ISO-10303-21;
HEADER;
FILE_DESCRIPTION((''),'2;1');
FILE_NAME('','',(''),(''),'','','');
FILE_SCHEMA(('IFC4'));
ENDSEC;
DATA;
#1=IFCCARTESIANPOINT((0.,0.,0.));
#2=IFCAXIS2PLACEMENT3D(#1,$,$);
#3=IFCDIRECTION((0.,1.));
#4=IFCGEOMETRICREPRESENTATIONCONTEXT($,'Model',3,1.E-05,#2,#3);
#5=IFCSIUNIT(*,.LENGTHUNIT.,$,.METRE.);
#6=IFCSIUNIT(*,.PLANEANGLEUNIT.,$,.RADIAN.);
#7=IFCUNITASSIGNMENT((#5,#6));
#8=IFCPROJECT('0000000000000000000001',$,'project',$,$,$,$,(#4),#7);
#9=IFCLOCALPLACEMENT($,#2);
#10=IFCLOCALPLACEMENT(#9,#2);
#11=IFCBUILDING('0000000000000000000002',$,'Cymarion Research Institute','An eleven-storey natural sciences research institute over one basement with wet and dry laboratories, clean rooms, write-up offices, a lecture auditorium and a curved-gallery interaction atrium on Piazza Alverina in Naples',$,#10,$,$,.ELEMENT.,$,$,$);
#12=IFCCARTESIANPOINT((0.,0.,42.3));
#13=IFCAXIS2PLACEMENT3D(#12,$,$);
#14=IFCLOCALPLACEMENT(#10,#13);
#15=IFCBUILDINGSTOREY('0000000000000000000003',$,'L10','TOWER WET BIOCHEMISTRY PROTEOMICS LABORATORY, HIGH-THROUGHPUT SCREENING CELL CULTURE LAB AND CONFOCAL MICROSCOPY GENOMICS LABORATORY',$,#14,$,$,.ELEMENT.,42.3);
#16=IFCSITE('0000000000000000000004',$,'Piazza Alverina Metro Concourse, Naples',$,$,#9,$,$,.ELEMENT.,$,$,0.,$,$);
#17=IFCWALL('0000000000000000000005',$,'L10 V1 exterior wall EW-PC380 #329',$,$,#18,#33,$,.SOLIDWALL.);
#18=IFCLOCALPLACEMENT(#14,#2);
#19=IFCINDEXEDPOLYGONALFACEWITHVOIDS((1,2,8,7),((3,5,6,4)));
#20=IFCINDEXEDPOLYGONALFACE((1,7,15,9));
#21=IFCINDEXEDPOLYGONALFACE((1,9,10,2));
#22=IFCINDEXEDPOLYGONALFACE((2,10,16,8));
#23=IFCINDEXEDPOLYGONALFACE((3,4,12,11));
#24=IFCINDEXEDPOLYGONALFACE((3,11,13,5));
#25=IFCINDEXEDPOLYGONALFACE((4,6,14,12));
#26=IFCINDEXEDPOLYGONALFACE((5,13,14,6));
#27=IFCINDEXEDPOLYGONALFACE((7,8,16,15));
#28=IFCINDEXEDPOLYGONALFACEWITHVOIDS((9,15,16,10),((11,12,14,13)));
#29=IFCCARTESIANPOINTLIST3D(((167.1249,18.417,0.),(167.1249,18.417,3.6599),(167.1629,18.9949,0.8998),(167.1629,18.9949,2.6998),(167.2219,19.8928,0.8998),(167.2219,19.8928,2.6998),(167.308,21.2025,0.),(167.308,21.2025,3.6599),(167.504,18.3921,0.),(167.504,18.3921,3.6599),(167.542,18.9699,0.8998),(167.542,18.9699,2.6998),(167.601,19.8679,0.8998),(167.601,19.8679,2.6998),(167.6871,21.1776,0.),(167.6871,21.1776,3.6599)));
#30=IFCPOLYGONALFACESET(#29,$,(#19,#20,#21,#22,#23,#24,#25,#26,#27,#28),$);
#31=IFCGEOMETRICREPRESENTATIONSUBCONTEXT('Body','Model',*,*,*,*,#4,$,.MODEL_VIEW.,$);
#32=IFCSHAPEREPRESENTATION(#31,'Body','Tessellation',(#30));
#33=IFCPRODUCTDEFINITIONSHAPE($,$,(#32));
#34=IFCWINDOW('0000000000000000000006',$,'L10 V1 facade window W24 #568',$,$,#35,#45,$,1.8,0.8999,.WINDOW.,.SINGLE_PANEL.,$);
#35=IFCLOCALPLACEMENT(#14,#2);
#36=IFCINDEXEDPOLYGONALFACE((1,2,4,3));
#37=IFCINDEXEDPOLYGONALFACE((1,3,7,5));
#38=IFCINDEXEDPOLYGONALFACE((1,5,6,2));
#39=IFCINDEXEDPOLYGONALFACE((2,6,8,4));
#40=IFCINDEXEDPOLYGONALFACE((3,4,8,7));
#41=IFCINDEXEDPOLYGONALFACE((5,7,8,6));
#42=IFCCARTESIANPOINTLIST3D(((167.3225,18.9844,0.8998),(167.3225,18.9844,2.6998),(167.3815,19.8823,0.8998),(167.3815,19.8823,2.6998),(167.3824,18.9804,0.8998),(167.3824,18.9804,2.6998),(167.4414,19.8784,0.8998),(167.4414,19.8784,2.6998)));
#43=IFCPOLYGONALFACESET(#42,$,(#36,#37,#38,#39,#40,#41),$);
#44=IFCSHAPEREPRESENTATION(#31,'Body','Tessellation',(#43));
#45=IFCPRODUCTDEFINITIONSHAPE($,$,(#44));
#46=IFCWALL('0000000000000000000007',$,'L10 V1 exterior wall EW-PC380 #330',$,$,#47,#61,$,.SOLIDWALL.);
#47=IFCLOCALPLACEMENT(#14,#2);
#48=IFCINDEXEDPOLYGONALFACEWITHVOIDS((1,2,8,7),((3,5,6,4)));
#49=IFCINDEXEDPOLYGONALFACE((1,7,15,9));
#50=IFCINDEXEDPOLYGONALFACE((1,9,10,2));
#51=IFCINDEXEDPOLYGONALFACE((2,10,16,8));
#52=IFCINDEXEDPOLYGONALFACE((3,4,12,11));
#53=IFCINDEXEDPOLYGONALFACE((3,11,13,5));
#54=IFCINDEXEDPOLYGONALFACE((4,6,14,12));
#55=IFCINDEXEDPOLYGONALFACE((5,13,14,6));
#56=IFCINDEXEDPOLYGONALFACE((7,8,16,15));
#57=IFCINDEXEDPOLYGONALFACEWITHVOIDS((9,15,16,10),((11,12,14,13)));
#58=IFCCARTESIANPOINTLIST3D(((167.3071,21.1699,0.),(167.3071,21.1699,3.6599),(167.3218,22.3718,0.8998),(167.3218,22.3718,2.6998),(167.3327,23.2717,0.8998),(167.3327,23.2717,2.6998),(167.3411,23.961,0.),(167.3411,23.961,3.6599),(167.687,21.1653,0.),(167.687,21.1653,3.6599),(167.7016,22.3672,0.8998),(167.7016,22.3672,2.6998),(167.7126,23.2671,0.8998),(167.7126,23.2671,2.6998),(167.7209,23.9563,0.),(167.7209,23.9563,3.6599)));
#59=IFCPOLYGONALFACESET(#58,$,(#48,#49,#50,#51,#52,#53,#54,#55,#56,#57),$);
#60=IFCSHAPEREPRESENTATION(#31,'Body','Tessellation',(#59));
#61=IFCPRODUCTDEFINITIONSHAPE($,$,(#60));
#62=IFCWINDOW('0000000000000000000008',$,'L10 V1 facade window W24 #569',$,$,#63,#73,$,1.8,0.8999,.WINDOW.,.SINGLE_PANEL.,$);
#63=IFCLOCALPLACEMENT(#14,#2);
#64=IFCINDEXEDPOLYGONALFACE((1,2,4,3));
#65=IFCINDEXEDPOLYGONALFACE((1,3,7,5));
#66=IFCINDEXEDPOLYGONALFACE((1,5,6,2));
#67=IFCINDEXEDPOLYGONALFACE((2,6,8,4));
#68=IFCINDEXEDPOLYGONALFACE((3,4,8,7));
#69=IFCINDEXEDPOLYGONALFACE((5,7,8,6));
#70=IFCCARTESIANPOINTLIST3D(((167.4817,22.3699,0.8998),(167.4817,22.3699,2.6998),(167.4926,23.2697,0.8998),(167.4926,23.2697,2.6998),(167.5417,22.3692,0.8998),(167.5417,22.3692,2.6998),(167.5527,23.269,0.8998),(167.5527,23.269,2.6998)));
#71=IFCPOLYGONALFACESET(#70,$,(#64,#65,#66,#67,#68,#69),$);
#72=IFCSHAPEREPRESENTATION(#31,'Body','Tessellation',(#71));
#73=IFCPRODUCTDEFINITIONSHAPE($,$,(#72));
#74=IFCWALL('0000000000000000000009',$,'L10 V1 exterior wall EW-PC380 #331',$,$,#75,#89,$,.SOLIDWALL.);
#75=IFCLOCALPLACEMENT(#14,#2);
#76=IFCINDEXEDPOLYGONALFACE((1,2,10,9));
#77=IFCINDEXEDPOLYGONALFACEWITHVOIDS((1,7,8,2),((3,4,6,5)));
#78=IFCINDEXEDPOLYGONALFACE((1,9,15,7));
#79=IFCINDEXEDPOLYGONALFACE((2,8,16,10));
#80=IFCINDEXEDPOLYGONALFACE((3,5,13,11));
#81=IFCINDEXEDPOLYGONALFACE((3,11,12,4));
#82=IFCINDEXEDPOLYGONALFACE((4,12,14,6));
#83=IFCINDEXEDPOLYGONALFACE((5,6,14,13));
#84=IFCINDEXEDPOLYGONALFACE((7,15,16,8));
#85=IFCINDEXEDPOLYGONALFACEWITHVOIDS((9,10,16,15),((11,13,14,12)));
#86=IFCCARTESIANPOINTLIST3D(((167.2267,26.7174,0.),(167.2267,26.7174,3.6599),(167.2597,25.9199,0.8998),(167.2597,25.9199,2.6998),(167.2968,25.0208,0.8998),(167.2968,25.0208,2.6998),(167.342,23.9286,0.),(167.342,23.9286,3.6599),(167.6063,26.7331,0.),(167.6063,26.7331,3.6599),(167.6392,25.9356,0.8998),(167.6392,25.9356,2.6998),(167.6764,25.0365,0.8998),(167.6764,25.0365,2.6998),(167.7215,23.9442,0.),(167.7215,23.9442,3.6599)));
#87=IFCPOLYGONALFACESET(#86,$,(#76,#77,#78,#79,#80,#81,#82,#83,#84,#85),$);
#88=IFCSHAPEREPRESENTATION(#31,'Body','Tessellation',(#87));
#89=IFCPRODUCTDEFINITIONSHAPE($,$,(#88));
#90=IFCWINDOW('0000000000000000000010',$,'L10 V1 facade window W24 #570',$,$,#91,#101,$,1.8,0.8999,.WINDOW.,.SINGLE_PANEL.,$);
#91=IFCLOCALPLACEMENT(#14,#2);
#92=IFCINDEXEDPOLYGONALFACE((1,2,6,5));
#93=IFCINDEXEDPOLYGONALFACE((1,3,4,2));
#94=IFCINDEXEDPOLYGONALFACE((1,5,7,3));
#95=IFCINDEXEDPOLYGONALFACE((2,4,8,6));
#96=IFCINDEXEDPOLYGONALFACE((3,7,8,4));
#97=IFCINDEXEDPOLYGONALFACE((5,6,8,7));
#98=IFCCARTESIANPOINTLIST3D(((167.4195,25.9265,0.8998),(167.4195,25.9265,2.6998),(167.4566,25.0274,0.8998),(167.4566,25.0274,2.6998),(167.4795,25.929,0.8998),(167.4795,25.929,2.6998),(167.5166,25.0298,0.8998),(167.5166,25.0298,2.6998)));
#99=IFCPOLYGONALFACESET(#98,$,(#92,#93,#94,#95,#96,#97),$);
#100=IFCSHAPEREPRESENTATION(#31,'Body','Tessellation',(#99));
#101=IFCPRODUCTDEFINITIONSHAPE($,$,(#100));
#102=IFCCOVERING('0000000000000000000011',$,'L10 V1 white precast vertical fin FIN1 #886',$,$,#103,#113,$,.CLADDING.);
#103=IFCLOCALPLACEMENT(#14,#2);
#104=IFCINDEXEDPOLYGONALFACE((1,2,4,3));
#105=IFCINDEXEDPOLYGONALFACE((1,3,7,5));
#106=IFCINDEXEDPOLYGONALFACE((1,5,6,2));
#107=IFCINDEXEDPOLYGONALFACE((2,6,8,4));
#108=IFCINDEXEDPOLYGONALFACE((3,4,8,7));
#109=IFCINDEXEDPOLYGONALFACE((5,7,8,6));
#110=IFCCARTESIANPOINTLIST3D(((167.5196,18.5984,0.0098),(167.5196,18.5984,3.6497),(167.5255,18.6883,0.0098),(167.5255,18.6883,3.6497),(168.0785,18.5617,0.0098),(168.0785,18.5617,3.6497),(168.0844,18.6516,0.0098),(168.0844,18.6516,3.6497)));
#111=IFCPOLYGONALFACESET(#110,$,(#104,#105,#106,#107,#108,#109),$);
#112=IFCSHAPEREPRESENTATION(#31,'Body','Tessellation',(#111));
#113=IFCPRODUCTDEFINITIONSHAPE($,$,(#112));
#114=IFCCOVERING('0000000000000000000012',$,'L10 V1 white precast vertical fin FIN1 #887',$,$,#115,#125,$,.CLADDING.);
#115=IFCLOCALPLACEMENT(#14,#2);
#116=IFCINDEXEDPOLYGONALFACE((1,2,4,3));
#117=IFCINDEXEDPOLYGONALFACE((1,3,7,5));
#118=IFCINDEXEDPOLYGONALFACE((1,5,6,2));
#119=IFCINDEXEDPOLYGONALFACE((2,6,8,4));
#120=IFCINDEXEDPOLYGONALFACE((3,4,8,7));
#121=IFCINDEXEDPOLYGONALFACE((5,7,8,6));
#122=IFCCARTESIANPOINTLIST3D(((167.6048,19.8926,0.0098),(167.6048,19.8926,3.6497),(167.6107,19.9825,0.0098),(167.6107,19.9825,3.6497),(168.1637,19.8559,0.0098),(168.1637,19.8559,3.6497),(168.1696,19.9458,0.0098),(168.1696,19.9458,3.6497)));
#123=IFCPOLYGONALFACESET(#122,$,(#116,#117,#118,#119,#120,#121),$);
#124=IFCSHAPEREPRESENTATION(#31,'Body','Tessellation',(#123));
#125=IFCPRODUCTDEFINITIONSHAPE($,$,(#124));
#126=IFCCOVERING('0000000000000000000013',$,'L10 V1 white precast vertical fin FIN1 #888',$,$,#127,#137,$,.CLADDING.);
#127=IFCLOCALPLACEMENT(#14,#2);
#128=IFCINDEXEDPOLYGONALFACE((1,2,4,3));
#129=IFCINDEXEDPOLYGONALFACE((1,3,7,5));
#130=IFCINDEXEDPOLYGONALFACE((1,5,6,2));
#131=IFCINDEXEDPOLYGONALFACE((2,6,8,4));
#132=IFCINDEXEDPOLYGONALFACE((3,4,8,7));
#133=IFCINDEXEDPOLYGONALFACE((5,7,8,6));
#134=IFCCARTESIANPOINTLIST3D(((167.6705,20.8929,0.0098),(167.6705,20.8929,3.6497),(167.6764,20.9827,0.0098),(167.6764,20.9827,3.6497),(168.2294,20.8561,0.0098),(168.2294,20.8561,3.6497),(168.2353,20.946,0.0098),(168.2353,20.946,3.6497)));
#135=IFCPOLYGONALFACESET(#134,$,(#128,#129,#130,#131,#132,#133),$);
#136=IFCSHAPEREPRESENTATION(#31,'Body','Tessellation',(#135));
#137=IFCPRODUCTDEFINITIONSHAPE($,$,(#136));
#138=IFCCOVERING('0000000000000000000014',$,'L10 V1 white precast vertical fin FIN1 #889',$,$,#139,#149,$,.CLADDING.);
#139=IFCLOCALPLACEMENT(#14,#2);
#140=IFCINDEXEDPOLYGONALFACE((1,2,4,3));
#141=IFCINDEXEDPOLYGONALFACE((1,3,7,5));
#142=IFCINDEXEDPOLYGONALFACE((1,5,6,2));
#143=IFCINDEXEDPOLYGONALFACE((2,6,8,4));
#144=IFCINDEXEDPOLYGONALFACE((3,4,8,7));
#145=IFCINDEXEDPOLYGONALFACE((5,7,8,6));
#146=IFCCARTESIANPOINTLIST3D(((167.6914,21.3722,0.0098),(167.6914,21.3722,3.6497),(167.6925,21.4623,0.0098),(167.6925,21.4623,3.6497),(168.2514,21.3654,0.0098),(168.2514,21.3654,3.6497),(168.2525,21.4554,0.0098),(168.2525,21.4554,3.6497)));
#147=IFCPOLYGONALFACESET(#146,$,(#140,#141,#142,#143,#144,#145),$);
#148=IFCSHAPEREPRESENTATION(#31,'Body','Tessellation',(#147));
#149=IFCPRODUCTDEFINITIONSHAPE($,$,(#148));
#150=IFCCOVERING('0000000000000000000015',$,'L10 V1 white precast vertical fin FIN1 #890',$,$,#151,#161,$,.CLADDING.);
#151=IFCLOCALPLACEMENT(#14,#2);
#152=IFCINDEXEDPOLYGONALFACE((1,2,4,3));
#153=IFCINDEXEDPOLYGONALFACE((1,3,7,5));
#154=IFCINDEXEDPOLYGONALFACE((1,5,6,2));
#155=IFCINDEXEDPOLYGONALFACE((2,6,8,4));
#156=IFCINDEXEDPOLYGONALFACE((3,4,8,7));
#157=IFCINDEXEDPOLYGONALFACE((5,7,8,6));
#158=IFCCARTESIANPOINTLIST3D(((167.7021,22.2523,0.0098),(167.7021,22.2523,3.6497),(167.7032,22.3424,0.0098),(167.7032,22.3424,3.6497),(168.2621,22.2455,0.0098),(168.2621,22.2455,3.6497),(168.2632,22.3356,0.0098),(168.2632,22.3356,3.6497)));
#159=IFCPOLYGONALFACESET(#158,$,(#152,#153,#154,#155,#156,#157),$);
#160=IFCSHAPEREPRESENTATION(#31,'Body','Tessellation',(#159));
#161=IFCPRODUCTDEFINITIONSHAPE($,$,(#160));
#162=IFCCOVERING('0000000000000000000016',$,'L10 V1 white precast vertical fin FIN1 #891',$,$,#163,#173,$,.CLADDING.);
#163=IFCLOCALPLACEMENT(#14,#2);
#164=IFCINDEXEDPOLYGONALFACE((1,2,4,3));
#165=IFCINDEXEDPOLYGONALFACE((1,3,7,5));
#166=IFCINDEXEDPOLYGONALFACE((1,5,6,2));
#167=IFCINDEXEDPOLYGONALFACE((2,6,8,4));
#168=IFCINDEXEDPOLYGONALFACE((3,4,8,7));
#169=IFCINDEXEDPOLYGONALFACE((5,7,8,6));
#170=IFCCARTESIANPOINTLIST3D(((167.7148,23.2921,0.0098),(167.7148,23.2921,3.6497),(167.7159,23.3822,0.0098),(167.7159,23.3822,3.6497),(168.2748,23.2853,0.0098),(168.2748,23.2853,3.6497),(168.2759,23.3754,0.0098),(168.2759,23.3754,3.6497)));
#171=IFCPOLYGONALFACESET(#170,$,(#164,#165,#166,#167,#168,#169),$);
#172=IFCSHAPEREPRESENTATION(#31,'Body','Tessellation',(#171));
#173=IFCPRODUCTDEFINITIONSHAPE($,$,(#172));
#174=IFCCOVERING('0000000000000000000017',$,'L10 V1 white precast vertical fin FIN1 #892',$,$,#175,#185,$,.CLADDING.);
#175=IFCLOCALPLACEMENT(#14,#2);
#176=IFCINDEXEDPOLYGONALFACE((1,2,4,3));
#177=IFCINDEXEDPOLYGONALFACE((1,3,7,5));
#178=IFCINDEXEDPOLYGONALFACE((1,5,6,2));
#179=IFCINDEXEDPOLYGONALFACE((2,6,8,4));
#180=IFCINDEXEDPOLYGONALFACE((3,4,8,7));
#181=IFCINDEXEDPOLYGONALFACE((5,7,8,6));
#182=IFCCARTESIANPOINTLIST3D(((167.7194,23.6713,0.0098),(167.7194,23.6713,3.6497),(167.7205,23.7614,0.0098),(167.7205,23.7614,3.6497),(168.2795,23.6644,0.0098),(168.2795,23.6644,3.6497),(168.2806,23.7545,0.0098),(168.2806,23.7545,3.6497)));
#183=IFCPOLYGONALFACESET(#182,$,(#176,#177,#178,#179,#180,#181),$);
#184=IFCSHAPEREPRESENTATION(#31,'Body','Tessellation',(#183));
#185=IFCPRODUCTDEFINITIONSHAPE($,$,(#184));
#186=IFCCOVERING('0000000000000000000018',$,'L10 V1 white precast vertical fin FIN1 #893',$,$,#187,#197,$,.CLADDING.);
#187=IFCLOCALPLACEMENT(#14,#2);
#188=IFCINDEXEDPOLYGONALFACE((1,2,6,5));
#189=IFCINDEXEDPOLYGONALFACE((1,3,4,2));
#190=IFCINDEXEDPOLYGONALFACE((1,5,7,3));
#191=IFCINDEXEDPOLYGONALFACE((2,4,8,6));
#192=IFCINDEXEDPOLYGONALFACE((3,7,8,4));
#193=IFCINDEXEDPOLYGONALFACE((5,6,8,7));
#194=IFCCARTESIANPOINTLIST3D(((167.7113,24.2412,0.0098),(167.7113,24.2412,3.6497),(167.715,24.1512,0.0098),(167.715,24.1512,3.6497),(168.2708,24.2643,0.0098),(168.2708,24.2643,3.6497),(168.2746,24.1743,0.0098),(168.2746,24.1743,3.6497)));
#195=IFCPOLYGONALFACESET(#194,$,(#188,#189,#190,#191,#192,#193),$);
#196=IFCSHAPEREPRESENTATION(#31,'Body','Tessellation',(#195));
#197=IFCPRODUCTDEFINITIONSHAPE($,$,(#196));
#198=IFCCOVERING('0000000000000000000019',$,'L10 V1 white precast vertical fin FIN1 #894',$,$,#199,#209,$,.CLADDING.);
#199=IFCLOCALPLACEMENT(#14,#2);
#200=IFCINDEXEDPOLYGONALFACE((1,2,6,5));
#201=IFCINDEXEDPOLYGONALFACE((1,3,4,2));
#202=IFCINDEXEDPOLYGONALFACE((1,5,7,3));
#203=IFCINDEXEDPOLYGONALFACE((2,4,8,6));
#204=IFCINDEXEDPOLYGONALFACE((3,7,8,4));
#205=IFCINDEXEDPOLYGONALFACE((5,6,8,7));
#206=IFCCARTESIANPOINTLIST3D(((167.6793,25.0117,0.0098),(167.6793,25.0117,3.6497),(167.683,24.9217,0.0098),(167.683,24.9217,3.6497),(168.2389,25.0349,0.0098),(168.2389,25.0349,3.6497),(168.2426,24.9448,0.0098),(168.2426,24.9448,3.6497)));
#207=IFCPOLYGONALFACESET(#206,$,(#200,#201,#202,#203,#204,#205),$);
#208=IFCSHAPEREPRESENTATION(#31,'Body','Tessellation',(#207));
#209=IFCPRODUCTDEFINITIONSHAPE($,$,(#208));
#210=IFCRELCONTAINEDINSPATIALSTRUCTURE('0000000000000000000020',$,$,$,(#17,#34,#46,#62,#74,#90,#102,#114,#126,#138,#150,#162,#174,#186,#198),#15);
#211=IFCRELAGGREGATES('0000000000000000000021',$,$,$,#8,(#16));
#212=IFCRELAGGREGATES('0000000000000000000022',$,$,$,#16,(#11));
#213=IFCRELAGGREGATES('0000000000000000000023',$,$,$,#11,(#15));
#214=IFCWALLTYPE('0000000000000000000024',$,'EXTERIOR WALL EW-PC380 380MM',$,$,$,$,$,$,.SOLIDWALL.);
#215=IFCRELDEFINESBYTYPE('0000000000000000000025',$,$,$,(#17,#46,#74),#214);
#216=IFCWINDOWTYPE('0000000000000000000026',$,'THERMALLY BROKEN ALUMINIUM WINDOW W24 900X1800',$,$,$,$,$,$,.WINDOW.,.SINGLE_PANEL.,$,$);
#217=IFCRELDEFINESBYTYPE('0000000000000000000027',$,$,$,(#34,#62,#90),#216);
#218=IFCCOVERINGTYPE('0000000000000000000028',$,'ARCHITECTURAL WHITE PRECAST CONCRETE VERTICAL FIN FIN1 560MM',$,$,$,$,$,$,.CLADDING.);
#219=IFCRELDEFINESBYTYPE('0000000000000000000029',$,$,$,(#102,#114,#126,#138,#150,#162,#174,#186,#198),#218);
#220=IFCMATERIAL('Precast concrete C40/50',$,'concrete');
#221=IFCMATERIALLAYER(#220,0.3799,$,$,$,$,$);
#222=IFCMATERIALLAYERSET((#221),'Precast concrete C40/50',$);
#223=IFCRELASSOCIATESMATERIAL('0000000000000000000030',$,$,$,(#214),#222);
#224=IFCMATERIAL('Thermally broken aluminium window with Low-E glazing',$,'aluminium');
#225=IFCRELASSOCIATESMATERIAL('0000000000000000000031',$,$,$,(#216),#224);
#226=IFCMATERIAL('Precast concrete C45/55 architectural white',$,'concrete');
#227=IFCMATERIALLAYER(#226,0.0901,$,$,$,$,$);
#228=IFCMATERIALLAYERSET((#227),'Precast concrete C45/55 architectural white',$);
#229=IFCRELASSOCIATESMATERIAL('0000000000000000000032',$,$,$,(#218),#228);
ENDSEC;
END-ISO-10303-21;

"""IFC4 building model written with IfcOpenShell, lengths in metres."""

from ifc_helpers import new_model, si_unit, direction, frame, frame_2d, origin, origin_2d, place, context, subcontext, project, spatial, rectangle, extrude, material, layer, layer_set, type_object, element, fill, save


model = new_model("IFC4")

# Units and contexts
model_context = context("Model", 3, precision=1e-05, world=origin(), true_north=direction((0.0, 1.0)))
body_context = subcontext(model_context, "Body", "Model", "MODEL_VIEW")
ifc_project = project(units=[si_unit("LENGTHUNIT", "METRE"), si_unit("PLANEANGLEUNIT", "RADIAN")], contexts=[model_context])

# Site, building, storey
site_placement = place(None, origin())
site = spatial("IfcSite", under=ifc_project, at=site_placement, Name="Piazza Alverina Metro Concourse, Naples", CompositionType="ELEMENT", RefElevation=0.0)
building_placement = place(site_placement, origin())
building = spatial("IfcBuilding", under=site, at=building_placement, Name="Cymarion Research Institute", Description="An eleven-storey natural sciences research institute over one basement with wet and dry laboratories, clean rooms, write-up offices, a lecture auditorium and a curved-gallery interaction atrium on Piazza Alverina in Naples", CompositionType="ELEMENT")
storey_placement = place(building_placement, frame((0.0, 0.0, 42.3)))
storey = spatial("IfcBuildingStorey", under=building, at=storey_placement, Name="L10", Description="TOWER WET BIOCHEMISTRY PROTEOMICS LABORATORY, HIGH-THROUGHPUT SCREENING CELL CULTURE LAB AND CONFOCAL MICROSCOPY GENOMICS LABORATORY", CompositionType="ELEMENT", Elevation=42.3)

# Walls, openings, windows
ifc_material_1 = material(Name="Precast concrete C40/50", Category="concrete")
ifc_layer_1 = layer(ifc_material_1, 0.3799)
ifc_layer_set_1 = layer_set([ifc_layer_1], Name="Precast concrete C40/50")
wall_type = type_object("IfcWallType", Name="EXTERIOR WALL EW-PC380 380MM", PredefinedType="SOLIDWALL", material=ifc_layer_set_1)
wall_1_placement = place(storey_placement, frame((167.3145, 18.4045, 0.0), z_axis=(0.0, 0.0, 1.0), x_axis=(0.065596, 0.997846, 0.0)))
wall_1 = element("IfcWall", 1, at=wall_1_placement, inside=storey, type_object=wall_type, Name="L10 V1 exterior wall EW-PC380 #329", PredefinedType="SOLIDWALL", context=body_context, shape_type="SweptSolid", body=[
    extrude(rectangle(XDim=2.7915, YDim=0.3799, at=frame_2d((1.3958, 0.0))), origin(), (0.0, 0.0, 1.0), 3.6599),
])
opening_1_placement = place(wall_1_placement, frame((0.5791, 0.0, 0.8999)))
opening_1 = element("IfcOpeningElement", 2, at=opening_1_placement, cuts=wall_1, PredefinedType="OPENING", context=body_context, shape_type="SweptSolid", body=[
    extrude(rectangle(XDim=0.8999, YDim=1.8, at=frame_2d((0.45, 0.8999))), frame((0.0, 0.2, 0.0), z_axis=(0.0, -1.0, 0.0), x_axis=(1.0, 0.0, 0.0)), (0.0, 0.0, 1.0), 0.3999),
])
ifc_material_2 = material(Name="Thermally broken aluminium window with Low-E glazing", Category="aluminium")
window_type = type_object("IfcWindowType", Name="THERMALLY BROKEN ALUMINIUM WINDOW W24 900X1800", PartitioningType="SINGLE_PANEL", PredefinedType="WINDOW", material=ifc_material_2)
window_1_placement = place(opening_1_placement, origin())
window_1 = element("IfcWindow", 3, at=window_1_placement, inside=storey, type_object=window_type, Name="L10 V1 facade window W24 #568", OverallHeight=1.8, OverallWidth=0.8999, PartitioningType="SINGLE_PANEL", PredefinedType="WINDOW", context=body_context, shape_type="SweptSolid", body=[
    extrude(rectangle(XDim=0.8999, YDim=1.8, at=frame_2d((0.45, 0.8999))), frame((0.0, 0.03, 0.0), z_axis=(0.0, -1.0, 0.0), x_axis=(1.0, 0.0, 0.0)), (0.0, 0.0, 1.0), 0.0601),
])
fill(opening_1, window_1)
wall_2_placement = place(storey_placement, frame((167.4971, 21.1677, 0.0), z_axis=(0.0, 0.0, 1.0), x_axis=(0.012158, 0.999926, 0.0)))
wall_2 = element("IfcWall", 4, at=wall_2_placement, inside=storey, type_object=wall_type, Name="L10 V1 exterior wall EW-PC380 #330", PredefinedType="SOLIDWALL", context=body_context, shape_type="SweptSolid", body=[
    extrude(rectangle(XDim=2.7913, YDim=0.3799, at=frame_2d((1.3955, 0.0))), origin(), (0.0, 0.0, 1.0), 3.6599),
])
opening_2_placement = place(wall_2_placement, frame((1.2019, 0.0, 0.8999)))
opening_2 = element("IfcOpeningElement", 5, at=opening_2_placement, cuts=wall_2, PredefinedType="OPENING", context=body_context, shape_type="SweptSolid", body=[
    extrude(rectangle(XDim=0.8999, YDim=1.8, at=frame_2d((0.45, 0.8999))), frame((0.0, 0.2, 0.0), z_axis=(0.0, -1.0, 0.0), x_axis=(1.0, 0.0, 0.0)), (0.0, 0.0, 1.0), 0.3999),
])
window_2_placement = place(opening_2_placement, origin())
window_2 = element("IfcWindow", 6, at=window_2_placement, inside=storey, type_object=window_type, Name="L10 V1 facade window W24 #569", OverallHeight=1.8, OverallWidth=0.8999, PartitioningType="SINGLE_PANEL", PredefinedType="WINDOW", context=body_context, shape_type="SweptSolid", body=[
    extrude(rectangle(XDim=0.8999, YDim=1.8, at=frame_2d((0.45, 0.8999))), frame((0.0, 0.03, 0.0), z_axis=(0.0, -1.0, 0.0), x_axis=(1.0, 0.0, 0.0)), (0.0, 0.0, 1.0), 0.0601),
])
fill(opening_2, window_2)
wall_3_placement = place(storey_placement, frame((167.5317, 23.9365, 0.0), z_axis=(0.0, 0.0, 1.0), x_axis=(-0.041285, 0.999147, 0.0)))
wall_3 = element("IfcWall", 7, at=wall_3_placement, inside=storey, type_object=wall_type, Name="L10 V1 exterior wall EW-PC380 #331", PredefinedType="SOLIDWALL", context=body_context, shape_type="SweptSolid", body=[
    extrude(rectangle(XDim=2.7913, YDim=0.3799, at=frame_2d((1.3955, 0.0))), origin(), (0.0, 0.0, 1.0), 3.6599),
])
opening_3_placement = place(wall_3_placement, frame((1.093, 0.0, 0.8999)))
opening_3 = element("IfcOpeningElement", 8, at=opening_3_placement, cuts=wall_3, PredefinedType="OPENING", context=body_context, shape_type="SweptSolid", body=[
    extrude(rectangle(XDim=0.8999, YDim=1.8, at=frame_2d((0.45, 0.8999))), frame((0.0, 0.2, 0.0), z_axis=(0.0, -1.0, 0.0), x_axis=(1.0, 0.0, 0.0)), (0.0, 0.0, 1.0), 0.3999),
])
window_3_placement = place(opening_3_placement, origin())
window_3 = element("IfcWindow", 9, at=window_3_placement, inside=storey, type_object=window_type, Name="L10 V1 facade window W24 #570", OverallHeight=1.8, OverallWidth=0.8999, PartitioningType="SINGLE_PANEL", PredefinedType="WINDOW", context=body_context, shape_type="SweptSolid", body=[
    extrude(rectangle(XDim=0.8999, YDim=1.8, at=frame_2d((0.45, 0.8999))), frame((0.0, 0.03, 0.0), z_axis=(0.0, -1.0, 0.0), x_axis=(1.0, 0.0, 0.0)), (0.0, 0.0, 1.0), 0.0601),
])
fill(opening_3, window_3)

# Coverings
ifc_material_3 = material(Name="Precast concrete C45/55 architectural white", Category="concrete")
ifc_layer_2 = layer(ifc_material_3, 0.0901)
ifc_layer_set_2 = layer_set([ifc_layer_2], Name="Precast concrete C45/55 architectural white")
covering_type = type_object("IfcCoveringType", Name="ARCHITECTURAL WHITE PRECAST CONCRETE VERTICAL FIN FIN1 560MM", PredefinedType="CLADDING", material=ifc_layer_set_2)
for number, where, z_axis, x_axis, name in (
    (10, (167.802, 18.625, 0.0098), (0.0, 0.0, 1.0), (0.997847, -0.065577, 0.0), "L10 V1 white precast vertical fin FIN1 #886"),
    (11, (167.8872, 19.9192, 0.0098), (0.0, 0.0, 1.0), (0.997847, -0.065577, 0.0), "L10 V1 white precast vertical fin FIN1 #887"),
    (12, (167.9529, 20.9194, 0.0098), (0.0, 0.0, 1.0), (0.997847, -0.065577, 0.0), "L10 V1 white precast vertical fin FIN1 #888"),
    (13, (167.9719, 21.4138, 0.0098), (0.0, 0.0, 1.0), (0.999925, -0.012217, 0.0), "L10 V1 white precast vertical fin FIN1 #889"),
    (14, (167.9827, 22.2939, 0.0098), (0.0, 0.0, 1.0), (0.999925, -0.012217, 0.0), "L10 V1 white precast vertical fin FIN1 #890"),
    (15, (167.9954, 23.3337, 0.0098), (0.0, 0.0, 1.0), (0.999925, -0.012217, 0.0), "L10 V1 white precast vertical fin FIN1 #891"),
    (16, (168.0, 23.7129, 0.0098), (0.0, 0.0, 1.0), (0.999925, -0.012217, 0.0), "L10 V1 white precast vertical fin FIN1 #892"),
    (17, (167.9929, 24.2078, 0.0098), (0.0, 0.0, 1.0), (0.999145, 0.041353, 0.0), "L10 V1 white precast vertical fin FIN1 #893"),
    (18, (167.9609, 24.9783, 0.0098), (0.0, 0.0, 1.0), (0.999145, 0.041353, 0.0), "L10 V1 white precast vertical fin FIN1 #894"),
):
    element("IfcCovering", number, at=place(storey_placement, frame(where, z_axis=z_axis, x_axis=x_axis)), inside=storey, type_object=covering_type, Name=name, PredefinedType="CLADDING", context=body_context, shape_type="SweptSolid", body=[
        extrude(rectangle(XDim=0.5601, YDim=0.0901, at=origin_2d()), origin(), (0.0, 0.0, 1.0), 3.6399),
    ])

save(model, "model.ifc")
